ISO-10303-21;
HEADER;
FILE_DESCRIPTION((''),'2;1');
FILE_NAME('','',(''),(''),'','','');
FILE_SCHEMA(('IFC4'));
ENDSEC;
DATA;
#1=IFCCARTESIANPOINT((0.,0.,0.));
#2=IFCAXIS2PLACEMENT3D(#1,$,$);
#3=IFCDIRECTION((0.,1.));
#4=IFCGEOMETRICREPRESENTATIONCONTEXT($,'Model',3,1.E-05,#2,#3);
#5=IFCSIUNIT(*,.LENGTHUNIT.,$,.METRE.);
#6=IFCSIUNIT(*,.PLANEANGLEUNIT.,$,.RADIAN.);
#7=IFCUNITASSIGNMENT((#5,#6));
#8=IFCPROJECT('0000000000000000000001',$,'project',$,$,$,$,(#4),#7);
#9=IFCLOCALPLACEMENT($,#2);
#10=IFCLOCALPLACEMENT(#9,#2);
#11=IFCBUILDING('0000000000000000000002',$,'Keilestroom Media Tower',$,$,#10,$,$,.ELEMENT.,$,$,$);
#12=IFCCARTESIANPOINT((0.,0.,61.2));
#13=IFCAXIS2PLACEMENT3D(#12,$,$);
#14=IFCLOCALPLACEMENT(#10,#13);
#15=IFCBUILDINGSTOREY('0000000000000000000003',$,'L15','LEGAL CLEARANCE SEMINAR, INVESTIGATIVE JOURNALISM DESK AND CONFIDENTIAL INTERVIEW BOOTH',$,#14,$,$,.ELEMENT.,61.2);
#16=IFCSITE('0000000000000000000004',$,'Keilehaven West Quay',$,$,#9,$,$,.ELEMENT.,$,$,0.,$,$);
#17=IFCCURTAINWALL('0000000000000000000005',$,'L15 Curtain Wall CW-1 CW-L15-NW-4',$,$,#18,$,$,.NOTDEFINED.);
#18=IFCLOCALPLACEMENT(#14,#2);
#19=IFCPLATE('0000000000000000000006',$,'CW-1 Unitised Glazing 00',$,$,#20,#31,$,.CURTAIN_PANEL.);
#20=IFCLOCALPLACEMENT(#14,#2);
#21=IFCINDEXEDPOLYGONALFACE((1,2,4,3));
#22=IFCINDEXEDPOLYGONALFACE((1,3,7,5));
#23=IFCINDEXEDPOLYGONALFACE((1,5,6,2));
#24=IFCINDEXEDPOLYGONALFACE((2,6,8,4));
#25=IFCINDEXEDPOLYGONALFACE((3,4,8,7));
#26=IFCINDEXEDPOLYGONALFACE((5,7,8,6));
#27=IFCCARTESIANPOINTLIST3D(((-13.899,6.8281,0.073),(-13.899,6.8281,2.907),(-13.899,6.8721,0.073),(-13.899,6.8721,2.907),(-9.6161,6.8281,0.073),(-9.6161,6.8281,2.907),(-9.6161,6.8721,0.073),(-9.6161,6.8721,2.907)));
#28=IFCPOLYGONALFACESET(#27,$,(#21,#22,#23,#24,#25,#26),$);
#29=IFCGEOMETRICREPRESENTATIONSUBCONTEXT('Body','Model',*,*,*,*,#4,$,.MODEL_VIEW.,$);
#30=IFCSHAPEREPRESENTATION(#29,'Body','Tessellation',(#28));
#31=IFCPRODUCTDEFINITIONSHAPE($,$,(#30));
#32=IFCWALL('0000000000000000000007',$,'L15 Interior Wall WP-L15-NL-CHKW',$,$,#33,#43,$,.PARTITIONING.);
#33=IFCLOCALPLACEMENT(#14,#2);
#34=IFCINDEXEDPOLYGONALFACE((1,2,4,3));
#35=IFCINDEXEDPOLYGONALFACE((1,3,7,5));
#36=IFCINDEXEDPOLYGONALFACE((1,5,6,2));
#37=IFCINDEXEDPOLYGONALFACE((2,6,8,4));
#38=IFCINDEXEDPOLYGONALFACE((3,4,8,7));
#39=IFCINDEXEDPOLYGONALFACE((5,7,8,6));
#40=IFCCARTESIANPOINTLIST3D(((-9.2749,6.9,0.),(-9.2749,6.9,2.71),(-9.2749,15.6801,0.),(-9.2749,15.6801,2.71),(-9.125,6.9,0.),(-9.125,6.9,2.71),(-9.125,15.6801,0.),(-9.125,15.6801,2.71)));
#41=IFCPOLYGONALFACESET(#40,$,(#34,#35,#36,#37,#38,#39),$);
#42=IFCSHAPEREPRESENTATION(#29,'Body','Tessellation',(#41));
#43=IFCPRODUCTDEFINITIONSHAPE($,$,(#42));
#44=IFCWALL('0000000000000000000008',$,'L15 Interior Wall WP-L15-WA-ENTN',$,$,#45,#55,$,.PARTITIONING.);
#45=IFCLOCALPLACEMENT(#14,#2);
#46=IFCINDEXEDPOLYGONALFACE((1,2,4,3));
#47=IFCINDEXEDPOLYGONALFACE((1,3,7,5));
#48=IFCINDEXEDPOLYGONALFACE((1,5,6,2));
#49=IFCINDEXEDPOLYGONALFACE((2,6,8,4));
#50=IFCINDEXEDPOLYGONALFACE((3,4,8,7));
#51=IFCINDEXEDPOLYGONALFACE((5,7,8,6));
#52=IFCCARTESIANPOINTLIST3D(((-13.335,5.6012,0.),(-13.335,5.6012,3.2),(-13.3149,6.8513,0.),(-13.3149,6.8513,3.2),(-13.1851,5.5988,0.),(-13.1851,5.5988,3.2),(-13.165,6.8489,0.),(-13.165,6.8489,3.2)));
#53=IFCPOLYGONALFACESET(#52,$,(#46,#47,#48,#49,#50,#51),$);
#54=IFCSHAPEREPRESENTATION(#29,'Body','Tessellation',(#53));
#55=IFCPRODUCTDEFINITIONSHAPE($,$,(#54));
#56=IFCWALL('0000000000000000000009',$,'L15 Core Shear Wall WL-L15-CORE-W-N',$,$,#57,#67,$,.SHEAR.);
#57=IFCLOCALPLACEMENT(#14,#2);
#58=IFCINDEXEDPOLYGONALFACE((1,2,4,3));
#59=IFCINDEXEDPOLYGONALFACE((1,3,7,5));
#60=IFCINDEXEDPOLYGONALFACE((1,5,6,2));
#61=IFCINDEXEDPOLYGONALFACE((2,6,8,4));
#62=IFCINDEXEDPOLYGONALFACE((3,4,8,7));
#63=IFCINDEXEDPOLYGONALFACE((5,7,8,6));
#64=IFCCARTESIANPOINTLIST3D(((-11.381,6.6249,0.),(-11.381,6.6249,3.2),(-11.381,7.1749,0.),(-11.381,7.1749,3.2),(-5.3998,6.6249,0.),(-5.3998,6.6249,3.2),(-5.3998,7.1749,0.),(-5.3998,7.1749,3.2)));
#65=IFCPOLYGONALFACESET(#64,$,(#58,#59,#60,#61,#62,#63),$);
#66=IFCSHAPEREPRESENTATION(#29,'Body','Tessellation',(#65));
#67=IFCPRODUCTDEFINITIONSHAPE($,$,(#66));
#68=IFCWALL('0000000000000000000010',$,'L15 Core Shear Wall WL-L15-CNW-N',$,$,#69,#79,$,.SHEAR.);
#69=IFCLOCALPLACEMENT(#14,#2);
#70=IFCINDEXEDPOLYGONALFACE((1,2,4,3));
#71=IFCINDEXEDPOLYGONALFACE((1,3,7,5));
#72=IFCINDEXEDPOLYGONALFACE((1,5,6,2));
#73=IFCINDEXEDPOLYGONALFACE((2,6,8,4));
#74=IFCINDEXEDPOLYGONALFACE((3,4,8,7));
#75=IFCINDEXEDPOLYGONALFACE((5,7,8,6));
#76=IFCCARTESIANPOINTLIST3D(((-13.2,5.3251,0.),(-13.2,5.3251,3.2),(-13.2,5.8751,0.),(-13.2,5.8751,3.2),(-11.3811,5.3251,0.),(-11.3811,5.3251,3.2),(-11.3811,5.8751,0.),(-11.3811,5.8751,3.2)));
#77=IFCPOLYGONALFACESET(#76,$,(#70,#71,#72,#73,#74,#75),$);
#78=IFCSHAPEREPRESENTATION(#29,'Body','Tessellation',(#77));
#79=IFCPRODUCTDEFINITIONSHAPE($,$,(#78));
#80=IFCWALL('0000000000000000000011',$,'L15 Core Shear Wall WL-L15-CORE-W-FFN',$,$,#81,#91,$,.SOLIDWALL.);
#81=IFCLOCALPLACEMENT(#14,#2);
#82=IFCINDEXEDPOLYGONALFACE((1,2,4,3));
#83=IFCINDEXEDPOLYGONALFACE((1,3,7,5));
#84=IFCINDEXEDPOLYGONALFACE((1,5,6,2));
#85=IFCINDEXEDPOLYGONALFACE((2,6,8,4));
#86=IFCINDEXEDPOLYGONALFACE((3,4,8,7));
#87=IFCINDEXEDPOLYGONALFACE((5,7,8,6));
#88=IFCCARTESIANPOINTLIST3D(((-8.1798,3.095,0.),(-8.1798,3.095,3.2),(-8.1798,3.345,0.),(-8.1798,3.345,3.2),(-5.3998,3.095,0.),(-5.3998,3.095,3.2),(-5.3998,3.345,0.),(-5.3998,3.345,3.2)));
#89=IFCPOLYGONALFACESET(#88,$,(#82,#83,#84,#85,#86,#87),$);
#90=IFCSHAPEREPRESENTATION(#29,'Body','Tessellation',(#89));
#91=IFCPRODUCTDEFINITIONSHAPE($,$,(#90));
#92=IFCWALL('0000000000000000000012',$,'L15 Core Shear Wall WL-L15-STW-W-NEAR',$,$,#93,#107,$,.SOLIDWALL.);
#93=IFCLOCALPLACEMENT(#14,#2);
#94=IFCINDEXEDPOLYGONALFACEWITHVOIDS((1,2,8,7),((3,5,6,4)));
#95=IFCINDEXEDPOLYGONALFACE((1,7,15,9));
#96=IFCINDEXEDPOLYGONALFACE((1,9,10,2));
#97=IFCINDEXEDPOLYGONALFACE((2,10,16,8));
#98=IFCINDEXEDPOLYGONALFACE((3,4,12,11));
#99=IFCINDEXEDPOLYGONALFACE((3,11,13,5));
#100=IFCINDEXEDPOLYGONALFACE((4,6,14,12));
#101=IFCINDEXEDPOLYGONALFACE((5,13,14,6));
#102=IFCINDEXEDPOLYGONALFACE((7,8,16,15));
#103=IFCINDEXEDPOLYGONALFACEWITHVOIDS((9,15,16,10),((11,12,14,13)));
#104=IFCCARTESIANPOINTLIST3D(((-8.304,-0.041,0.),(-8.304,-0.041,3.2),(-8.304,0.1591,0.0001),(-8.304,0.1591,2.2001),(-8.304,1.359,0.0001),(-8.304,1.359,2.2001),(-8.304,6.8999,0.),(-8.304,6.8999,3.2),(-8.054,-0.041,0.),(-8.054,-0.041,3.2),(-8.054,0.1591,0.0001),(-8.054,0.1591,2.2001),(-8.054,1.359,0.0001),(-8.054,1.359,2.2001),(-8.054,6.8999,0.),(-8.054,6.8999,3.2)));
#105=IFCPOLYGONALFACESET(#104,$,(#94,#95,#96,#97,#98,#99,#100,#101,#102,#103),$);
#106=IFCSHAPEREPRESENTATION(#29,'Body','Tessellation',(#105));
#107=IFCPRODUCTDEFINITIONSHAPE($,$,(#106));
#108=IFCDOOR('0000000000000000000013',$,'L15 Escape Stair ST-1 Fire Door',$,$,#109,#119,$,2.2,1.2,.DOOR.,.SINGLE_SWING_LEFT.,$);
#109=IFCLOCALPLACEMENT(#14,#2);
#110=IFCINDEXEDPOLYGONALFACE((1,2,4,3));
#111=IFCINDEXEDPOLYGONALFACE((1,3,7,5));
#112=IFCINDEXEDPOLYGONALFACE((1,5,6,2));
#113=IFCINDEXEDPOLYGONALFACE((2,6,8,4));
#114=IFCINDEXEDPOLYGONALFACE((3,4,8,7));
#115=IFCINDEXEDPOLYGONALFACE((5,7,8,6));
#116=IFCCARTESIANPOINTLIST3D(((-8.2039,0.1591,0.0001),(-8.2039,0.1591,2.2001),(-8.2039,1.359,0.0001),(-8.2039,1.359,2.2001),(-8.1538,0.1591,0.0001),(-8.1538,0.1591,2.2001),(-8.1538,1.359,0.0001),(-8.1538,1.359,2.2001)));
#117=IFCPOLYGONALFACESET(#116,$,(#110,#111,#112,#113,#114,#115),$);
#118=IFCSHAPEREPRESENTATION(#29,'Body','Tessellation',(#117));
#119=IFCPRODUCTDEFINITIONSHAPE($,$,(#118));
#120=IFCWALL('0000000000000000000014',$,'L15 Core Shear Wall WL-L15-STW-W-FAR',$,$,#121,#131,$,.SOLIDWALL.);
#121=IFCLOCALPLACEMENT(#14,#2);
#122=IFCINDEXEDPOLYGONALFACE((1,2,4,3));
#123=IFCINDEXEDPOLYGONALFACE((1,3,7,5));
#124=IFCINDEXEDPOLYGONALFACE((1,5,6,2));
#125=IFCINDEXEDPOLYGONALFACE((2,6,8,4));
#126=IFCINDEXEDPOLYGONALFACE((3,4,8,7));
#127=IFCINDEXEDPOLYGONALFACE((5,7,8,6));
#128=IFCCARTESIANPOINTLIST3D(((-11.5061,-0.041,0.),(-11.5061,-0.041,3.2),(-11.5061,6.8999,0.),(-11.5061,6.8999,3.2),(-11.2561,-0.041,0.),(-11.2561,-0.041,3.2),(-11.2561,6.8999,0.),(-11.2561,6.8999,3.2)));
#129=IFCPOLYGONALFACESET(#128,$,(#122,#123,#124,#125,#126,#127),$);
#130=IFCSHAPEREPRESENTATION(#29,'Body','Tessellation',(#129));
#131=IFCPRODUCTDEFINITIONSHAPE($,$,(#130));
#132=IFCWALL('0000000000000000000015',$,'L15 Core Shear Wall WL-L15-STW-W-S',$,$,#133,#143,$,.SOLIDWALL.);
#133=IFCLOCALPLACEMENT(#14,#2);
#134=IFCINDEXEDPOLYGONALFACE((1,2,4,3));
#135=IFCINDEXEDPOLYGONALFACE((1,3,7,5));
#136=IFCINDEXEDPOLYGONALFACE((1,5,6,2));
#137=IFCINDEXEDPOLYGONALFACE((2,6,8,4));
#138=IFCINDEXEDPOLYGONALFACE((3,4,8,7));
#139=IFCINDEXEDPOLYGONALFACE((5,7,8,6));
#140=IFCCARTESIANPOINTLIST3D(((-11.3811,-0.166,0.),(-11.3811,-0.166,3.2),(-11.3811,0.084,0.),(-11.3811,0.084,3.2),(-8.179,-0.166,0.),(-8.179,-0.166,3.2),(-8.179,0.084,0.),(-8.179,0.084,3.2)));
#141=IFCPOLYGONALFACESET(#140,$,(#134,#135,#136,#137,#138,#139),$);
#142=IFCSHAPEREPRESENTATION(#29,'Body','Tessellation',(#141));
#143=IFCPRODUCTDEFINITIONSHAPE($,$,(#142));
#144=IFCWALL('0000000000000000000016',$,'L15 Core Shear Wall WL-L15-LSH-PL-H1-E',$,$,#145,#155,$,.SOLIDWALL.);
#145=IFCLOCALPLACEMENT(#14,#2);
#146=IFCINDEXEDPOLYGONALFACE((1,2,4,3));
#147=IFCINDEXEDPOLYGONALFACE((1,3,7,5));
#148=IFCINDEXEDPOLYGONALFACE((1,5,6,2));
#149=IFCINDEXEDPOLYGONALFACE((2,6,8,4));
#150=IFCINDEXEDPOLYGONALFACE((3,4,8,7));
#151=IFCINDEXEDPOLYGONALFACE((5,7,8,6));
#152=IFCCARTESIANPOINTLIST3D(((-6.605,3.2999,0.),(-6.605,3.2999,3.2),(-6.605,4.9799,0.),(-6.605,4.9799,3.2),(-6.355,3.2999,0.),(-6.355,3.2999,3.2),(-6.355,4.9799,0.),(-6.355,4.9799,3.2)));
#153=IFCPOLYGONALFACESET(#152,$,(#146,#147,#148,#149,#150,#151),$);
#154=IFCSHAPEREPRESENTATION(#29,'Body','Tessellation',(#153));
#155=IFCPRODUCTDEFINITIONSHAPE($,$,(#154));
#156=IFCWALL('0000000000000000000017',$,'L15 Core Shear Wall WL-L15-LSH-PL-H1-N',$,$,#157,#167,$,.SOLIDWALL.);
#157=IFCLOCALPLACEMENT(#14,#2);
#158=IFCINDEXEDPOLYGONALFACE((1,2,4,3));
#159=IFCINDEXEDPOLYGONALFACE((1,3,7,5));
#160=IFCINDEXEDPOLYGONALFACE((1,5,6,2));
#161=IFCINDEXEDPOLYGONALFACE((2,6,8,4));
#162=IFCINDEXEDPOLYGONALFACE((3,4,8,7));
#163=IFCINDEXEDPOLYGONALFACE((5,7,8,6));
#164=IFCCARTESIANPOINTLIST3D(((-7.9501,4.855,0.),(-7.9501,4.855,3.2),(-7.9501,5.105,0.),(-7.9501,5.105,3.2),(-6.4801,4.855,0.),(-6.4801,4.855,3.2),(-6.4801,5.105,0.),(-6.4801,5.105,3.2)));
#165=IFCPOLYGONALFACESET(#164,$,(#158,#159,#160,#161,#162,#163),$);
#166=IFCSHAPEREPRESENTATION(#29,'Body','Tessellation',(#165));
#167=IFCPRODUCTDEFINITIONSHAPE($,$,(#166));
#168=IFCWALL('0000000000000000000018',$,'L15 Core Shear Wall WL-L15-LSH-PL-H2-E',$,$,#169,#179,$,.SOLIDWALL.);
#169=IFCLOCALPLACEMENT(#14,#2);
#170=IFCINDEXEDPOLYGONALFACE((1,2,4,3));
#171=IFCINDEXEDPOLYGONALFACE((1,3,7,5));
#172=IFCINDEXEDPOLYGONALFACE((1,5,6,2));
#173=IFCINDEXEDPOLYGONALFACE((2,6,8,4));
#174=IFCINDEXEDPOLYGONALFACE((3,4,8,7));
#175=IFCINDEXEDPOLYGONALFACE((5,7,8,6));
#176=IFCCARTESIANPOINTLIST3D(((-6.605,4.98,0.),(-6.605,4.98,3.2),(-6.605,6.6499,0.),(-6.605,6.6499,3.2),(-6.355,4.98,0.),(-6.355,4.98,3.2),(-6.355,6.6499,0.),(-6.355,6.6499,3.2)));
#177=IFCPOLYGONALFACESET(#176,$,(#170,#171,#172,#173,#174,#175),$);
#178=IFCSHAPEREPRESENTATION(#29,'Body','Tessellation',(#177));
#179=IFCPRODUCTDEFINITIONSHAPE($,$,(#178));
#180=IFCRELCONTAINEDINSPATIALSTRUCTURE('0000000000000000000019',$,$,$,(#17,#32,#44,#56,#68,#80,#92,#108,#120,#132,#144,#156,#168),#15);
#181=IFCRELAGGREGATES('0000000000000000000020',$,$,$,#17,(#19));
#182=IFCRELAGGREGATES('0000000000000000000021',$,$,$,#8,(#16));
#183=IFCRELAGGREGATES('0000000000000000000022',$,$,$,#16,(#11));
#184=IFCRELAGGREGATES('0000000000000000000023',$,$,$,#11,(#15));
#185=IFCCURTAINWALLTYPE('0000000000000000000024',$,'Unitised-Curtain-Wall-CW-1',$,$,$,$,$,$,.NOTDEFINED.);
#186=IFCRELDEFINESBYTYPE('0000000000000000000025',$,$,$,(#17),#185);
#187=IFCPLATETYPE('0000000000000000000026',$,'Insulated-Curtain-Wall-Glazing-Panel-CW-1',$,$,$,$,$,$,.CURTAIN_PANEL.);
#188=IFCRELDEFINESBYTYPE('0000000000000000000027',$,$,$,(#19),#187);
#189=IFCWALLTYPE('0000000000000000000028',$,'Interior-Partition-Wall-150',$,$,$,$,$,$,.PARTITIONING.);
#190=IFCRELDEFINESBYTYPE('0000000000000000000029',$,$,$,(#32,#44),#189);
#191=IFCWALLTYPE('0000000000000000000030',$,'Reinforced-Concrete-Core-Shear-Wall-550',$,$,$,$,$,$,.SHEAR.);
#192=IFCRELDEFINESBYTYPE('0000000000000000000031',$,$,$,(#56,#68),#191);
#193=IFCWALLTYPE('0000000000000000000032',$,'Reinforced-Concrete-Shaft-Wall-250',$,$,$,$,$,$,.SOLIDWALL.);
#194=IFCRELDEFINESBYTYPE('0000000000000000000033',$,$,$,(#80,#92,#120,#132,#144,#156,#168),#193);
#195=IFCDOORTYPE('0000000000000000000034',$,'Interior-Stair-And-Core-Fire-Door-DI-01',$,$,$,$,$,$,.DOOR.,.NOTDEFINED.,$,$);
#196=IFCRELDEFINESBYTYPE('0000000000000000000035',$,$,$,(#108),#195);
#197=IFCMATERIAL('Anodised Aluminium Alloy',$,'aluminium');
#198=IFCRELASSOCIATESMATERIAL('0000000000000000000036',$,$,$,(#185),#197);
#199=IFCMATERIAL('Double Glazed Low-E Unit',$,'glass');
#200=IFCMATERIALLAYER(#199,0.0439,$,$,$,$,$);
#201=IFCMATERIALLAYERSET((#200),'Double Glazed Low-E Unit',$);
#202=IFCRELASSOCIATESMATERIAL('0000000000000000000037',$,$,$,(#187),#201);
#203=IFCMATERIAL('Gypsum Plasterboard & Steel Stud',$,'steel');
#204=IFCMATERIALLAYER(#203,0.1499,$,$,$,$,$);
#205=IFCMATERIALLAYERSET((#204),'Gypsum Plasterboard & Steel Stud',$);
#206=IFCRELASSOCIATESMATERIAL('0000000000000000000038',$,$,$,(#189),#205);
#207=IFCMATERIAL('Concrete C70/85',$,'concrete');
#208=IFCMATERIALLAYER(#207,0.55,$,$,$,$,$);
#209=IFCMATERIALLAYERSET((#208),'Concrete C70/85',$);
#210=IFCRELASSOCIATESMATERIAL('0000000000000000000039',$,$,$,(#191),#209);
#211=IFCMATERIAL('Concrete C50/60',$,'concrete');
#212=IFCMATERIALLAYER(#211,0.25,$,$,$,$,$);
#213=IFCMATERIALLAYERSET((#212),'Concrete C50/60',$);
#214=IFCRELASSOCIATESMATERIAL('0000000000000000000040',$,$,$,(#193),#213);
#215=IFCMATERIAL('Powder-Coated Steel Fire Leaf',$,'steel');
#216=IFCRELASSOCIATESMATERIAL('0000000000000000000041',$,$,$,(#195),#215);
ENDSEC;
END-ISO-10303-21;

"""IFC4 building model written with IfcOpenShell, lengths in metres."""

from ifc_helpers import new_model, si_unit, direction, frame, frame_2d, origin, origin_2d, place, context, subcontext, project, spatial, rectangle, extrude, source, transform, mapped, material, layer, layer_set, type_object, element, fill, aggregate, save


model = new_model("IFC4")

# Units and contexts
model_context = context("Model", 3, precision=1e-05, world=origin(), true_north=direction((0.0, 1.0)))
body_context = subcontext(model_context, "Body", "Model", "MODEL_VIEW")
ifc_project = project(units=[si_unit("LENGTHUNIT", "METRE"), si_unit("PLANEANGLEUNIT", "RADIAN")], contexts=[model_context])

# Site, building, storey
site_placement = place(None, origin())
site = spatial("IfcSite", under=ifc_project, at=site_placement, Name="Keilehaven West Quay", CompositionType="ELEMENT", RefElevation=0.0)
building_placement = place(site_placement, origin())
building = spatial("IfcBuilding", under=site, at=building_placement, Name="Keilestroom Media Tower", CompositionType="ELEMENT")
storey_placement = place(building_placement, frame((0.0, 0.0, 61.2)))
storey = spatial("IfcBuildingStorey", under=building, at=storey_placement, Name="L15", Description="LEGAL CLEARANCE SEMINAR, INVESTIGATIVE JOURNALISM DESK AND CONFIDENTIAL INTERVIEW BOOTH", CompositionType="ELEMENT", Elevation=61.2)

# Shared definitions
ifc_material_1 = material(Name="Concrete C70/85", Category="concrete")

# Curtain wall
ifc_material_2 = material(Name="Anodised Aluminium Alloy", Category="aluminium")
curtain_wall_type = type_object("IfcCurtainWallType", Name="Unitised-Curtain-Wall-CW-1", PredefinedType="NOTDEFINED", material=ifc_material_2)
curtain_wall_placement = place(storey_placement, origin())
curtain_wall = element("IfcCurtainWall", 1, at=curtain_wall_placement, inside=storey, type_object=curtain_wall_type, Name="L15 Curtain Wall CW-1 CW-L15-NW-4", PredefinedType="NOTDEFINED")

# Shared definitions
ifc_material_3 = material(Name="Concrete C50/60", Category="concrete")

# Plate
ifc_material_4 = material(Name="Double Glazed Low-E Unit", Category="glass")
ifc_layer_1 = layer(ifc_material_4, 0.0439)
ifc_layer_set_1 = layer_set([ifc_layer_1], Name="Double Glazed Low-E Unit")
plate_type = type_object("IfcPlateType", Name="Insulated-Curtain-Wall-Glazing-Panel-CW-1", PredefinedType="CURTAIN_PANEL", material=ifc_layer_set_1)
shared_shape_1 = source(origin(), body_context, "Body", "SweptSolid", [
    extrude(rectangle(XDim=4.283, YDim=0.0439, at=origin_2d()), origin(), (0.0, 0.0, 1.0), 2.834),
])
plate_placement = place(storey_placement, frame((-11.7576, 6.8501, 0.073), z_axis=(0.0, 0.0, 1.0), x_axis=(1.0, 0.0, 0.0)))
plate = element("IfcPlate", 2, at=plate_placement, type_object=plate_type, Name="CW-1 Unitised Glazing 00", PredefinedType="CURTAIN_PANEL", context=body_context, shape_type="MappedRepresentation", body=[
    mapped(shared_shape_1, transform((0.0, 0.0, 0.0), x_axis=(1.0, 0.0, 0.0), y_axis=(0.0, 1.0, 0.0), z_axis=(0.0, 0.0, 1.0), scale=1.0)),
])
aggregate(curtain_wall, [plate])

# Walls
ifc_material_5 = material(Name="Gypsum Plasterboard & Steel Stud", Category="steel")
ifc_layer_2 = layer(ifc_material_5, 0.1499)
ifc_layer_set_2 = layer_set([ifc_layer_2], Name="Gypsum Plasterboard & Steel Stud")
wall_type_1 = type_object("IfcWallType", Name="Interior-Partition-Wall-150", PredefinedType="PARTITIONING", material=ifc_layer_set_2)
wall_1_placement = place(storey_placement, frame((-9.2, 6.8999, 0.0), z_axis=(0.0, 0.0, 1.0), x_axis=(0.0, 1.0, 0.0)))
element("IfcWall", 3, at=wall_1_placement, inside=storey, type_object=wall_type_1, Name="L15 Interior Wall WP-L15-NL-CHKW", PredefinedType="PARTITIONING", context=body_context, shape_type="SweptSolid", body=[
    extrude(rectangle(XDim=8.78, YDim=0.1499, at=frame_2d((4.3901, 0.0))), origin(), (0.0, 0.0, 1.0), 2.71),
])
wall_2_placement = place(storey_placement, frame((-13.26, 5.6001, 0.0), z_axis=(0.0, 0.0, 1.0), x_axis=(0.016014, 0.999872, 0.0)))
element("IfcWall", 4, at=wall_2_placement, inside=storey, type_object=wall_type_1, Name="L15 Interior Wall WP-L15-WA-ENTN", PredefinedType="PARTITIONING", context=body_context, shape_type="SweptSolid", body=[
    extrude(rectangle(XDim=1.2502, YDim=0.1499, at=frame_2d((0.625, 0.0))), origin(), (0.0, 0.0, 1.0), 3.2),
])
ifc_layer_3 = layer(ifc_material_1, 0.55)
ifc_layer_set_3 = layer_set([ifc_layer_3], Name="Concrete C70/85")
wall_type_2 = type_object("IfcWallType", Name="Reinforced-Concrete-Core-Shear-Wall-550", PredefinedType="SHEAR", material=ifc_layer_set_3)
wall_3_placement = place(storey_placement, frame((-11.3811, 6.8999, 0.0), z_axis=(0.0, 0.0, 1.0), x_axis=(1.0, 0.0, 0.0)))
element("IfcWall", 5, at=wall_3_placement, inside=storey, type_object=wall_type_2, Name="L15 Core Shear Wall WL-L15-CORE-W-N", PredefinedType="SHEAR", context=body_context, shape_type="SweptSolid", body=[
    extrude(rectangle(XDim=5.9812, YDim=0.55, at=frame_2d((2.9907, 0.0))), origin(), (0.0, 0.0, 1.0), 3.2),
])
wall_4_placement = place(storey_placement, frame((-13.2, 5.6001, 0.0), z_axis=(0.0, 0.0, 1.0), x_axis=(1.0, 0.0, 0.0)))
element("IfcWall", 6, at=wall_4_placement, inside=storey, type_object=wall_type_2, Name="L15 Core Shear Wall WL-L15-CNW-N", PredefinedType="SHEAR", context=body_context, shape_type="SweptSolid", body=[
    extrude(rectangle(XDim=1.8188, YDim=0.55, at=frame_2d((0.9094, 0.0))), origin(), (0.0, 0.0, 1.0), 3.2),
])
ifc_layer_4 = layer(ifc_material_3, 0.25)
ifc_layer_set_4 = layer_set([ifc_layer_4], Name="Concrete C50/60")
wall_type_3 = type_object("IfcWallType", Name="Reinforced-Concrete-Shaft-Wall-250", PredefinedType="SOLIDWALL", material=ifc_layer_set_4)
wall_5_placement = place(storey_placement, frame((-8.1799, 3.22, 0.0), z_axis=(0.0, 0.0, 1.0), x_axis=(1.0, 0.0, 0.0)))
element("IfcWall", 7, at=wall_5_placement, inside=storey, type_object=wall_type_3, Name="L15 Core Shear Wall WL-L15-CORE-W-FFN", PredefinedType="SOLIDWALL", context=body_context, shape_type="SweptSolid", body=[
    extrude(rectangle(XDim=2.78, YDim=0.25, at=frame_2d((1.3901, 0.0))), origin(), (0.0, 0.0, 1.0), 3.2),
])

# Wall, opening, door
wall_6_placement = place(storey_placement, frame((-8.179, -0.041, 0.0), z_axis=(0.0, 0.0, 1.0), x_axis=(0.0, 1.0, 0.0)))
wall_6 = element("IfcWall", 8, at=wall_6_placement, inside=storey, type_object=wall_type_3, Name="L15 Core Shear Wall WL-L15-STW-W-NEAR", PredefinedType="SOLIDWALL", context=body_context, shape_type="SweptSolid", body=[
    extrude(rectangle(XDim=6.9409, YDim=0.25, at=frame_2d((3.4705, 0.0))), origin(), (0.0, 0.0, 1.0), 3.2),
])
opening_placement = place(wall_6_placement, frame((0.2, 0.0, 0.0)))
opening = element("IfcOpeningElement", 9, at=opening_placement, cuts=wall_6, PredefinedType="OPENING", context=body_context, shape_type="SweptSolid", body=[
    extrude(rectangle(XDim=1.2, YDim=2.2, at=frame_2d((0.6001, 1.1001))), frame((0.0, 0.135, 0.0), z_axis=(0.0, -1.0, 0.0), x_axis=(1.0, 0.0, 0.0)), (0.0, 0.0, 1.0), 0.27),
])
ifc_material_6 = material(Name="Powder-Coated Steel Fire Leaf", Category="steel")
door_type = type_object("IfcDoorType", Name="Interior-Stair-And-Core-Fire-Door-DI-01", OperationType="NOTDEFINED", PredefinedType="DOOR", material=ifc_material_6)
shared_shape_2 = source(origin(), body_context, "Body", "SweptSolid", [
    extrude(rectangle(XDim=1.2, YDim=2.2, at=frame_2d((0.6001, 1.1001))), frame((0.0, 0.0249, 0.0), z_axis=(0.0, -1.0, 0.0), x_axis=(1.0, 0.0, 0.0)), (0.0, 0.0, 1.0), 0.05),
])
door_placement = place(opening_placement, origin())
door = element("IfcDoor", 10, at=door_placement, inside=storey, type_object=door_type, Name="L15 Escape Stair ST-1 Fire Door", OperationType="SINGLE_SWING_LEFT", OverallHeight=2.2, OverallWidth=1.2, PredefinedType="DOOR", context=body_context, shape_type="MappedRepresentation", body=[
    mapped(shared_shape_2, transform((0.0, 0.0, 0.0), x_axis=(1.0, 0.0, 0.0), y_axis=(0.0, 1.0, 0.0), z_axis=(0.0, 0.0, 1.0), scale=1.0)),
])
fill(opening, door)

# Walls
wall_7_placement = place(storey_placement, frame((-11.3811, -0.041, 0.0), z_axis=(0.0, 0.0, 1.0), x_axis=(0.0, 1.0, 0.0)))
element("IfcWall", 11, at=wall_7_placement, inside=storey, type_object=wall_type_3, Name="L15 Core Shear Wall WL-L15-STW-W-FAR", PredefinedType="SOLIDWALL", context=body_context, shape_type="SweptSolid", body=[
    extrude(rectangle(XDim=6.9409, YDim=0.25, at=frame_2d((3.4705, 0.0))), origin(), (0.0, 0.0, 1.0), 3.2),
])
wall_8_placement = place(storey_placement, frame((-11.3811, -0.041, 0.0), z_axis=(0.0, 0.0, 1.0), x_axis=(1.0, 0.0, 0.0)))
element("IfcWall", 12, at=wall_8_placement, inside=storey, type_object=wall_type_3, Name="L15 Core Shear Wall WL-L15-STW-W-S", PredefinedType="SOLIDWALL", context=body_context, shape_type="SweptSolid", body=[
    extrude(rectangle(XDim=3.2021, YDim=0.25, at=frame_2d((1.6011, 0.0))), origin(), (0.0, 0.0, 1.0), 3.2),
])
wall_9_placement = place(storey_placement, frame((-6.48, 3.3, 0.0), z_axis=(0.0, 0.0, 1.0), x_axis=(0.0, 1.0, 0.0)))
element("IfcWall", 13, at=wall_9_placement, inside=storey, type_object=wall_type_3, Name="L15 Core Shear Wall WL-L15-LSH-PL-H1-E", PredefinedType="SOLIDWALL", context=body_context, shape_type="SweptSolid", body=[
    extrude(rectangle(XDim=1.6799, YDim=0.25, at=frame_2d((0.8398, 0.0))), origin(), (0.0, 0.0, 1.0), 3.2),
])
wall_10_placement = place(storey_placement, frame((-7.95, 4.98, 0.0), z_axis=(0.0, 0.0, 1.0), x_axis=(1.0, 0.0, 0.0)))
element("IfcWall", 14, at=wall_10_placement, inside=storey, type_object=wall_type_3, Name="L15 Core Shear Wall WL-L15-LSH-PL-H1-N", PredefinedType="SOLIDWALL", context=body_context, shape_type="SweptSolid", body=[
    extrude(rectangle(XDim=1.47, YDim=0.25, at=frame_2d((0.7349, 0.0))), origin(), (0.0, 0.0, 1.0), 3.2),
])
wall_11_placement = place(storey_placement, frame((-6.48, 4.98, 0.0), z_axis=(0.0, 0.0, 1.0), x_axis=(0.0, 1.0, 0.0)))
element("IfcWall", 15, at=wall_11_placement, inside=storey, type_object=wall_type_3, Name="L15 Core Shear Wall WL-L15-LSH-PL-H2-E", PredefinedType="SOLIDWALL", context=body_context, shape_type="SweptSolid", body=[
    extrude(rectangle(XDim=1.6699, YDim=0.25, at=frame_2d((0.835, 0.0))), origin(), (0.0, 0.0, 1.0), 3.2),
])

save(model, "model.ifc")
